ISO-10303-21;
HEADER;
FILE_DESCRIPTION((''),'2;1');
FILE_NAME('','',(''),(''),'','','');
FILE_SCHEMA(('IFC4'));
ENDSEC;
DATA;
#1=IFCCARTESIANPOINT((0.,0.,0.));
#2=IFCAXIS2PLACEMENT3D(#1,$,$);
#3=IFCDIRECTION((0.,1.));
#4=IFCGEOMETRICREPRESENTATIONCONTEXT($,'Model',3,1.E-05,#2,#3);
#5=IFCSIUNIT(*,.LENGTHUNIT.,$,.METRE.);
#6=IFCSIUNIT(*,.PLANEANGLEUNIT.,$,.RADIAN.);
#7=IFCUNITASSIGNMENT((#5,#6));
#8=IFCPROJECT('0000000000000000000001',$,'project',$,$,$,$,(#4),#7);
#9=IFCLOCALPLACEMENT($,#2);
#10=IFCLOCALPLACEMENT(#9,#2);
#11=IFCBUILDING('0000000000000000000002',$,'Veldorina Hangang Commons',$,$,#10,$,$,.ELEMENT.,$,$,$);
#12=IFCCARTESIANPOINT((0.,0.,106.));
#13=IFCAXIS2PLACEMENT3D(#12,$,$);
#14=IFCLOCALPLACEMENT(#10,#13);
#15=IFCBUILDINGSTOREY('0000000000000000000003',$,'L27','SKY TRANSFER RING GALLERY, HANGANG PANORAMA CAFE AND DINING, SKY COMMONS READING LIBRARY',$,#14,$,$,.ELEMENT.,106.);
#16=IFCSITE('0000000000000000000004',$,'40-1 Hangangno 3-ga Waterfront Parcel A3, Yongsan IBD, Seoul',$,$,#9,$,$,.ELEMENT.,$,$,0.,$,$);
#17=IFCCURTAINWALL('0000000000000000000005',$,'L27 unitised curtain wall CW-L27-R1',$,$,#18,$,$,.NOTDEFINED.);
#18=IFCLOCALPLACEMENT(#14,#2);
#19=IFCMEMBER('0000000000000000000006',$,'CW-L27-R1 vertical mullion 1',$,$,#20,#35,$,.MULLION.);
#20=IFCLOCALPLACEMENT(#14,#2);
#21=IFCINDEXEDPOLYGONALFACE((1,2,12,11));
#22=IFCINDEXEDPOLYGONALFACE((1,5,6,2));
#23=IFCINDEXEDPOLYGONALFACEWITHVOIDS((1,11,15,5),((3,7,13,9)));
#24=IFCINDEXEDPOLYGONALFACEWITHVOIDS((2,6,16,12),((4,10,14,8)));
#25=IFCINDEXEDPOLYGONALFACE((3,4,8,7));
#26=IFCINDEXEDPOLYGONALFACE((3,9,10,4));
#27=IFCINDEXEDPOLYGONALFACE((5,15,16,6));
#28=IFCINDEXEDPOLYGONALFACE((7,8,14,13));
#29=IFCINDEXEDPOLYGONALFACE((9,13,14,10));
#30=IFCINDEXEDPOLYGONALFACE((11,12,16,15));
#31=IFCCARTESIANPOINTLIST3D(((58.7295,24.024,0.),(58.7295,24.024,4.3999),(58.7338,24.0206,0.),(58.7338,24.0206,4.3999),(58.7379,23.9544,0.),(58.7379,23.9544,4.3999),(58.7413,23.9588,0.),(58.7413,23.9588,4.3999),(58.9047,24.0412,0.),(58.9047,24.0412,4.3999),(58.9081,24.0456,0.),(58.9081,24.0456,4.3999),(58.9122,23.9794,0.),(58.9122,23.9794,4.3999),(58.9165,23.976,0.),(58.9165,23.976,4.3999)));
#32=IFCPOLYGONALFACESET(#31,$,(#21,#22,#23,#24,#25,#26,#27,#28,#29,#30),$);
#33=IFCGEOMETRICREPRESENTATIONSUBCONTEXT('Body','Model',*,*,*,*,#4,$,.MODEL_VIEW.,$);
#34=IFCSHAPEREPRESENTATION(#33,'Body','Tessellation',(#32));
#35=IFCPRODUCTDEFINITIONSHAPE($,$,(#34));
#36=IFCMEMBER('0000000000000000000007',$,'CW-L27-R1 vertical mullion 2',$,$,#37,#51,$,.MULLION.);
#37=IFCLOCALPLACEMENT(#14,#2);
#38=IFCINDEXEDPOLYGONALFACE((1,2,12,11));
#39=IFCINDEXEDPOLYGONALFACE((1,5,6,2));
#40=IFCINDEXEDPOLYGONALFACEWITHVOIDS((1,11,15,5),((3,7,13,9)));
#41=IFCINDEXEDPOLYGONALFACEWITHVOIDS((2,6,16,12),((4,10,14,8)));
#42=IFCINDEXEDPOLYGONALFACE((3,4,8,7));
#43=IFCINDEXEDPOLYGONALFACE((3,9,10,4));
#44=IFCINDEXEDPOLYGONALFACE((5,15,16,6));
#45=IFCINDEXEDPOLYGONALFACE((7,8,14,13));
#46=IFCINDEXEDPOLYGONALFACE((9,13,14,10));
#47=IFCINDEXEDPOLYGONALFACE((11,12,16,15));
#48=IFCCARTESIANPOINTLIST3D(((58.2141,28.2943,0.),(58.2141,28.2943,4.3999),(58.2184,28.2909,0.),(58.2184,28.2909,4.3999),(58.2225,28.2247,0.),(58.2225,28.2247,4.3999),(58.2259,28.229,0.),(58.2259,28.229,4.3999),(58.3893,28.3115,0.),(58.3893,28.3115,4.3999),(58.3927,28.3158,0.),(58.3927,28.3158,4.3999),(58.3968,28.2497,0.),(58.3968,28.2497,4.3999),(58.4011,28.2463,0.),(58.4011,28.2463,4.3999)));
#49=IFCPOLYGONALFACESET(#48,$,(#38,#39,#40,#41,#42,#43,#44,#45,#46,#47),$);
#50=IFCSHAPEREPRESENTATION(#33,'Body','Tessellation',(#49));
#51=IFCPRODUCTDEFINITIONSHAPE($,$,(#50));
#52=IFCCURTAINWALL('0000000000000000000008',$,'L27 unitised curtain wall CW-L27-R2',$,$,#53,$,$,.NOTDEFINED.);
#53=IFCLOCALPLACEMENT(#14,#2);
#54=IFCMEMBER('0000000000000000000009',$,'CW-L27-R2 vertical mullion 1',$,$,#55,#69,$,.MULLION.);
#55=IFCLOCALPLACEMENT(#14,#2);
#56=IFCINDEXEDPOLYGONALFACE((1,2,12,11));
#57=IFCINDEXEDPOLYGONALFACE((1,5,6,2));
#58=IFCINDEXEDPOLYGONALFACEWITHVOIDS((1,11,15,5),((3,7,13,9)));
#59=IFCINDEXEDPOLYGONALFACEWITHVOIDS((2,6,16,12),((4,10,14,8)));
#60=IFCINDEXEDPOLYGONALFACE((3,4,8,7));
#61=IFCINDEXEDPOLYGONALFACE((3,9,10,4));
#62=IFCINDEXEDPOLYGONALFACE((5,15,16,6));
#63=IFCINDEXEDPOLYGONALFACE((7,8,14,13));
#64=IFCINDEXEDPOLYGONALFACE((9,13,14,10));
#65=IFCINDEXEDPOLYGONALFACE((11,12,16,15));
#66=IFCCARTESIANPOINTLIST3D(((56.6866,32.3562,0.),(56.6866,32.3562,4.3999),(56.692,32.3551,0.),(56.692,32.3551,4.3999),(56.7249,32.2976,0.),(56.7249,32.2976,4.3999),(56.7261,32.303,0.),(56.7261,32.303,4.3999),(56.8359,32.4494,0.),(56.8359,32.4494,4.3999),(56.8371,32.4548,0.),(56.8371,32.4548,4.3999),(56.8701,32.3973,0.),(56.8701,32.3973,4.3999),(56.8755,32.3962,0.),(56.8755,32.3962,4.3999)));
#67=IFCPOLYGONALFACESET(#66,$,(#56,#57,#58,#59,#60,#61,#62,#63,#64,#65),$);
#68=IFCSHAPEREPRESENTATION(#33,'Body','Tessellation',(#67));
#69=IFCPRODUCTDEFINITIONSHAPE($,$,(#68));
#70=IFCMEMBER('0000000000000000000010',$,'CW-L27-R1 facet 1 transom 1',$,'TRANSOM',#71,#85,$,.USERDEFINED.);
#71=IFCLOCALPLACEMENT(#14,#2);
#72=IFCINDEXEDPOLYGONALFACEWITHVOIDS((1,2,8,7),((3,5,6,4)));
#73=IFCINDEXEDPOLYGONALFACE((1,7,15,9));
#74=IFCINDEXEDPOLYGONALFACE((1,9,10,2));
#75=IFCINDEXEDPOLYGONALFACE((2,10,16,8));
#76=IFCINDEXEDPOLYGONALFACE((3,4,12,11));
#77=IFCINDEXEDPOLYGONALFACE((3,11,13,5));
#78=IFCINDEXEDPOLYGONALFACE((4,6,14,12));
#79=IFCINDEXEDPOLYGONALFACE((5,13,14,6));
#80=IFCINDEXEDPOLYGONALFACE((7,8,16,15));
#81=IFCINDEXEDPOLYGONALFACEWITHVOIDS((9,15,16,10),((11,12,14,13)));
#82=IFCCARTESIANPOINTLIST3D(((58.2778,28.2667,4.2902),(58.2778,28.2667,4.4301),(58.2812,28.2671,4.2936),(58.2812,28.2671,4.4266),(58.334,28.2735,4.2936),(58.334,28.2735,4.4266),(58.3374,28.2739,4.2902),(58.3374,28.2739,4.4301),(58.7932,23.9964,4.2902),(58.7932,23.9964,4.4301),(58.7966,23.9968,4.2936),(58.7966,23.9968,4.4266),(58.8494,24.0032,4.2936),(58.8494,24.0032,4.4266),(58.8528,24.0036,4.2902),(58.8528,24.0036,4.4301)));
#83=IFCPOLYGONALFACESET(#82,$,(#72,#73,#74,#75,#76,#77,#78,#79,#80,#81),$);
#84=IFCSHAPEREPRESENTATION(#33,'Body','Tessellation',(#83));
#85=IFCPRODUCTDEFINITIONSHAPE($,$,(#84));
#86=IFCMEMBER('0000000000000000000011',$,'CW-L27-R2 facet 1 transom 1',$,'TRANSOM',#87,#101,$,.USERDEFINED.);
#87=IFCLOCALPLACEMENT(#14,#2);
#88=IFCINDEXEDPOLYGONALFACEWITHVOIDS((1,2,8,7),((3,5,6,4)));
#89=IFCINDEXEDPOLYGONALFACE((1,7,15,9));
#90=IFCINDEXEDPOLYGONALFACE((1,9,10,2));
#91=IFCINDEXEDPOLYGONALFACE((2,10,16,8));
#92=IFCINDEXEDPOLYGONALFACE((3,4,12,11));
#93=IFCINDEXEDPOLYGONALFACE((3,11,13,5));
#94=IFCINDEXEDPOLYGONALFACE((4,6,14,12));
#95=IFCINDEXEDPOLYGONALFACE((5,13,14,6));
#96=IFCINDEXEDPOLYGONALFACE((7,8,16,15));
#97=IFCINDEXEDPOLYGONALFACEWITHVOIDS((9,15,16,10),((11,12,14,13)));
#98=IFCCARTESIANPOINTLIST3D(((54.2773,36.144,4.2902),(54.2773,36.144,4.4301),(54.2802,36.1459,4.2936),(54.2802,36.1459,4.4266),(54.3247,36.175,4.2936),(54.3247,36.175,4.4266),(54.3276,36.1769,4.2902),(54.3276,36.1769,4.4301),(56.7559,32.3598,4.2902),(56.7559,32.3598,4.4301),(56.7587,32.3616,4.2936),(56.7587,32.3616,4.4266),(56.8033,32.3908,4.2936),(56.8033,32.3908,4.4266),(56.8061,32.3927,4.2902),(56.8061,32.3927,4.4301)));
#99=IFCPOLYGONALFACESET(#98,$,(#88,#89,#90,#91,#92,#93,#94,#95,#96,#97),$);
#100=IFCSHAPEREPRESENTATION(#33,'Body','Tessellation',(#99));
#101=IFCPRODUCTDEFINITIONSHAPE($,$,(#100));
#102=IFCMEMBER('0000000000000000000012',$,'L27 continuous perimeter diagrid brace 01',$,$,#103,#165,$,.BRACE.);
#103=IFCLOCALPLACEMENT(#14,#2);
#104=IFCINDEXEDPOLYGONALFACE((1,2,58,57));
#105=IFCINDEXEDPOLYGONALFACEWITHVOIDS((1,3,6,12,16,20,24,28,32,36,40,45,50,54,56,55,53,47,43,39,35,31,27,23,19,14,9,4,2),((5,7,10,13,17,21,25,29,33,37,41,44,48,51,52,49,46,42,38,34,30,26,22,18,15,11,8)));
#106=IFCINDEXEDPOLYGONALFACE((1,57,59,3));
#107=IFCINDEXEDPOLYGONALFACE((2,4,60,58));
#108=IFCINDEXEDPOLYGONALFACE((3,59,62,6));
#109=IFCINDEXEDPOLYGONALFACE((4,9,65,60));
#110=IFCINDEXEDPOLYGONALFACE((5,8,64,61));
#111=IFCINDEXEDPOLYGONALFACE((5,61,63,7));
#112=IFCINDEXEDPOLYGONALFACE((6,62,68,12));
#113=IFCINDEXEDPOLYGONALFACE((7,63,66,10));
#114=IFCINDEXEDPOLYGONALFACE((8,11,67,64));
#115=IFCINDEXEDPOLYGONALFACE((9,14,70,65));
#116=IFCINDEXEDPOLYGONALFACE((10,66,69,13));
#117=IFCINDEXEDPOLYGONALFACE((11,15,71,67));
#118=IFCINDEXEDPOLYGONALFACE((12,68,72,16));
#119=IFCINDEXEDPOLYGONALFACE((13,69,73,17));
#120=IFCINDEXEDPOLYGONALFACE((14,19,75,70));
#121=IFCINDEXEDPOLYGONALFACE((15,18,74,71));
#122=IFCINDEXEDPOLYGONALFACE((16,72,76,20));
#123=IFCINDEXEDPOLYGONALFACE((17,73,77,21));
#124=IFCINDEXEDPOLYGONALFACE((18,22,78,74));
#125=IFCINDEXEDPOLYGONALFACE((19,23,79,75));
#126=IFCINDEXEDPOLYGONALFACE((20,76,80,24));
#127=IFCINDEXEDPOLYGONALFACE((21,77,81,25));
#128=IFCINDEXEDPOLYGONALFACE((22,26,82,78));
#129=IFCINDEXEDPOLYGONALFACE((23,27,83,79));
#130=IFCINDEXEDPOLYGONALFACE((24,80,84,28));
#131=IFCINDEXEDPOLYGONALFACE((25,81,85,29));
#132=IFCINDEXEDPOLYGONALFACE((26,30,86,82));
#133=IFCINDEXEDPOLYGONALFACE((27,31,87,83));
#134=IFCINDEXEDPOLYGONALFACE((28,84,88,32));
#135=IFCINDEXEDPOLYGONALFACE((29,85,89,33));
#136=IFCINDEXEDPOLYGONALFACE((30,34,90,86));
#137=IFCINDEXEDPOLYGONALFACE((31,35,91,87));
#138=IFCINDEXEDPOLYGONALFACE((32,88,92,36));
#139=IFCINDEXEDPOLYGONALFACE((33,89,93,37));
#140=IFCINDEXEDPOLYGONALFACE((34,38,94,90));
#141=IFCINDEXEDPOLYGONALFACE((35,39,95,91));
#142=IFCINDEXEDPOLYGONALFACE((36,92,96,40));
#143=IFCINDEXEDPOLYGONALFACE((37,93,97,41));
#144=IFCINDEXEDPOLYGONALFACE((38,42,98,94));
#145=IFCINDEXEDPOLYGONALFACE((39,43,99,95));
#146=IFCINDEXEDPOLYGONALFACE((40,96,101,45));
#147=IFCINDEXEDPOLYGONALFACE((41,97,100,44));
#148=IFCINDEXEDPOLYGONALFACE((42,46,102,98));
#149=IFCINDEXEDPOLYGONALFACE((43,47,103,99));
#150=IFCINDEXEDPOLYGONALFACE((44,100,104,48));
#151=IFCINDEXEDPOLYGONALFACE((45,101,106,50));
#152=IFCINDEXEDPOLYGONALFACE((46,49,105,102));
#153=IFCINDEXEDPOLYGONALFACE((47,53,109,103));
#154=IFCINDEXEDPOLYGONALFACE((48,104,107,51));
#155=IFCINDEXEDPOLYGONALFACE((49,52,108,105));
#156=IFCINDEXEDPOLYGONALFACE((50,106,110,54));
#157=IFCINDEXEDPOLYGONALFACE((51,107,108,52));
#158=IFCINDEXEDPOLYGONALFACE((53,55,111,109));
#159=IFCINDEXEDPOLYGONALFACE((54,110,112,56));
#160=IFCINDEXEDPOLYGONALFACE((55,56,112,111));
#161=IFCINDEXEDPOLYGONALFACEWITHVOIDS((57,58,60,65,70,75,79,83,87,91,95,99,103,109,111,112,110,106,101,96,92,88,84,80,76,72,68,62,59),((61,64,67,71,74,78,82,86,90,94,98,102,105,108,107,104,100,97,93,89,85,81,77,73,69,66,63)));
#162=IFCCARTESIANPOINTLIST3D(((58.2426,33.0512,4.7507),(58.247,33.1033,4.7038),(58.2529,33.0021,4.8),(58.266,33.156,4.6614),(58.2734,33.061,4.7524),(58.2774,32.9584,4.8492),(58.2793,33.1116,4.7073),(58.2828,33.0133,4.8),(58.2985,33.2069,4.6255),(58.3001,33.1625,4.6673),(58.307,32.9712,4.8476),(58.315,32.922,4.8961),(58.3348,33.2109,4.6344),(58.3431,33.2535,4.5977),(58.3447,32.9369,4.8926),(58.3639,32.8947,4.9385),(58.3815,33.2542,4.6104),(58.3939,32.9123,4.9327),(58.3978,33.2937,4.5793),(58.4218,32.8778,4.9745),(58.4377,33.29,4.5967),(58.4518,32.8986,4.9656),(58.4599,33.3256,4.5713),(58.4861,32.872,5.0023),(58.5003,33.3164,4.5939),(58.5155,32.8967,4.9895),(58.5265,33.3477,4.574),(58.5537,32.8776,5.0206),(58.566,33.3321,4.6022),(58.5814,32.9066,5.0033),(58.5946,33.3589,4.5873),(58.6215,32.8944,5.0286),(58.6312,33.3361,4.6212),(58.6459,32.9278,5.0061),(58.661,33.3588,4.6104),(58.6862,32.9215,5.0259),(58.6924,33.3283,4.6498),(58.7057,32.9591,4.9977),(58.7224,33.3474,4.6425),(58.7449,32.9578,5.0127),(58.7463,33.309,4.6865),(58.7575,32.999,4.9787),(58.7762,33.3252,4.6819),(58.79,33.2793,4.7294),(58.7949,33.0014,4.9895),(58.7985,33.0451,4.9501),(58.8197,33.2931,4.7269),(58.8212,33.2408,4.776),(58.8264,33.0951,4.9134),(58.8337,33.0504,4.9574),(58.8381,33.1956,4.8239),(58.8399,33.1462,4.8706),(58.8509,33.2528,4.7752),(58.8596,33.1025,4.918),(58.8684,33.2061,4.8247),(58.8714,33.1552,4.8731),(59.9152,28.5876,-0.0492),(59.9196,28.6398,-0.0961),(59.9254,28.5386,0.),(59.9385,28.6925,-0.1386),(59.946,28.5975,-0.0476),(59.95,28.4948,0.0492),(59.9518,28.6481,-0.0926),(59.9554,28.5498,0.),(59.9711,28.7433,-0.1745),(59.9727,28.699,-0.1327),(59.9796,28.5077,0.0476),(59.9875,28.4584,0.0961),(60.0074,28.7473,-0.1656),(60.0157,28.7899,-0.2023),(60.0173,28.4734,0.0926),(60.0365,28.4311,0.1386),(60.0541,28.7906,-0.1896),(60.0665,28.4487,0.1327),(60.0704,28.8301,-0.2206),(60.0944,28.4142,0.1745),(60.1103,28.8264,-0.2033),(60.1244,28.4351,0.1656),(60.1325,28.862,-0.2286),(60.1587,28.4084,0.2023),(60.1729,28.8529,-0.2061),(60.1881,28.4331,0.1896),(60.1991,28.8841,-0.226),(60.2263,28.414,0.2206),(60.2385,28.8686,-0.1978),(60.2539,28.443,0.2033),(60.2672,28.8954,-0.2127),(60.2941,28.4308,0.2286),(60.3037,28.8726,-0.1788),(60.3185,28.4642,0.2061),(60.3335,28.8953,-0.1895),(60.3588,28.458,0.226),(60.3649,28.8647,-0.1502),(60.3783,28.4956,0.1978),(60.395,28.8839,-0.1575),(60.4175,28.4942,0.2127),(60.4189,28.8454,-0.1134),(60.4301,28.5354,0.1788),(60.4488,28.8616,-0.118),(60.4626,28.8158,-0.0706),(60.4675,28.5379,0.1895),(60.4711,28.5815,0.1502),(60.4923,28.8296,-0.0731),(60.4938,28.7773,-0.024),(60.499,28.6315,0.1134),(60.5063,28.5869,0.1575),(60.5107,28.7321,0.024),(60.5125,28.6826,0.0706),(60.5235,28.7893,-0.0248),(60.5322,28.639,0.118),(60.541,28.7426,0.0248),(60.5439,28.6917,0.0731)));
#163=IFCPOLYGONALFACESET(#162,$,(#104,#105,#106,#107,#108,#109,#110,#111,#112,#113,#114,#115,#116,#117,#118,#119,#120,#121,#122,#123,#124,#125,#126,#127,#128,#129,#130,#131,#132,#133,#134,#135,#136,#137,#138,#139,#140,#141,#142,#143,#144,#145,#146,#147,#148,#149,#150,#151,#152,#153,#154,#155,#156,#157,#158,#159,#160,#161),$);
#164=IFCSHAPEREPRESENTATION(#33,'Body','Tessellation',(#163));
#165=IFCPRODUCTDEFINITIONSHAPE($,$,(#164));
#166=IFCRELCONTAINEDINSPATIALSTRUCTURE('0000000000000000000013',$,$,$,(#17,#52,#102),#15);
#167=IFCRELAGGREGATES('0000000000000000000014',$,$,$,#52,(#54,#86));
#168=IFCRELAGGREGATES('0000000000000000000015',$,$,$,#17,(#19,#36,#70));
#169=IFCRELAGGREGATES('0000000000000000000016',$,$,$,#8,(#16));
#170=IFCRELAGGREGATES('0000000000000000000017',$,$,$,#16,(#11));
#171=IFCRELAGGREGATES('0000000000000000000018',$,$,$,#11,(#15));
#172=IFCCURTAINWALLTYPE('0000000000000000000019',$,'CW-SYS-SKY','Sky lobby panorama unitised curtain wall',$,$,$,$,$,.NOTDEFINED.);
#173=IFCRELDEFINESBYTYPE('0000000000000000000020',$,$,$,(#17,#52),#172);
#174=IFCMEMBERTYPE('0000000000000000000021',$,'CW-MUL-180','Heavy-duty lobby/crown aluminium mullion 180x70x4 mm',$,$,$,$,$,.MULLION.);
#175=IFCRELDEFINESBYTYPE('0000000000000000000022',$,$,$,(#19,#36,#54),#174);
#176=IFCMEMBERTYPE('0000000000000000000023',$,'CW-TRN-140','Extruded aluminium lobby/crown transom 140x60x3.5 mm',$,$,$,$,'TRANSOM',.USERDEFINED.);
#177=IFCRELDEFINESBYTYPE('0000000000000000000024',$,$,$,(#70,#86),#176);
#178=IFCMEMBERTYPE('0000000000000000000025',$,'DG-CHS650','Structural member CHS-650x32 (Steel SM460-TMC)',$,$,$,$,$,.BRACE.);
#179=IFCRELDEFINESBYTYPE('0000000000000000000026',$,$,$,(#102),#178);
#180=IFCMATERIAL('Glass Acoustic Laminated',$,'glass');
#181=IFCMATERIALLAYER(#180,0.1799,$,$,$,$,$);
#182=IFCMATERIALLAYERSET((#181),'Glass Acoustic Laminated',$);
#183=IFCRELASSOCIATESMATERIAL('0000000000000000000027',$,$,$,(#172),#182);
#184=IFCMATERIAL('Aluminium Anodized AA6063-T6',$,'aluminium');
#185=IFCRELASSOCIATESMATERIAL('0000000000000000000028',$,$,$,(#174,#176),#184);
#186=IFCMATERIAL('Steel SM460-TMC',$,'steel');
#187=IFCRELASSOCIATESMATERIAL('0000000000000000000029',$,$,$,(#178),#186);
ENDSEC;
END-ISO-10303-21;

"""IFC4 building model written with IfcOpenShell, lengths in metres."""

from ifc_helpers import new_model, si_unit, direction, frame, origin, origin_2d, place, context, subcontext, project, spatial, hollow_rectangle, hollow_circle, extrude, material, layer, layer_set, material_profile, profile_set, type_object, element, aggregate, save


model = new_model("IFC4")

# Units and contexts
model_context = context("Model", 3, precision=1e-05, world=origin(), true_north=direction((0.0, 1.0)))
body_context = subcontext(model_context, "Body", "Model", "MODEL_VIEW")
ifc_project = project(units=[si_unit("LENGTHUNIT", "METRE"), si_unit("PLANEANGLEUNIT", "RADIAN")], contexts=[model_context])

# Site, building, storey
site_placement = place(None, origin())
site = spatial("IfcSite", under=ifc_project, at=site_placement, Name="40-1 Hangangno 3-ga Waterfront Parcel A3, Yongsan IBD, Seoul", CompositionType="ELEMENT", RefElevation=0.0)
building_placement = place(site_placement, origin())
building = spatial("IfcBuilding", under=site, at=building_placement, Name="Veldorina Hangang Commons", CompositionType="ELEMENT")
storey_placement = place(building_placement, frame((0.0, 0.0, 106.0)))
storey = spatial("IfcBuildingStorey", under=building, at=storey_placement, Name="L27", Description="SKY TRANSFER RING GALLERY, HANGANG PANORAMA CAFE AND DINING, SKY COMMONS READING LIBRARY", CompositionType="ELEMENT", Elevation=106.0)

# Curtain wall, members
ifc_material_1 = material(Name="Glass Acoustic Laminated", Category="glass")
ifc_layer_1 = layer(ifc_material_1, 0.1799)
ifc_layer_set_1 = layer_set([ifc_layer_1], Name="Glass Acoustic Laminated")
curtain_wall_type = type_object("IfcCurtainWallType", Name="CW-SYS-SKY", Description="Sky lobby panorama unitised curtain wall", PredefinedType="NOTDEFINED", material=ifc_layer_set_1)
curtain_wall_1_placement = place(storey_placement, origin())
curtain_wall_1 = element("IfcCurtainWall", 1, at=curtain_wall_1_placement, inside=storey, type_object=curtain_wall_type, Name="L27 unitised curtain wall CW-L27-R1", PredefinedType="NOTDEFINED")
ifc_material_2 = material(Name="Aluminium Anodized AA6063-T6", Category="aluminium")
ifc_material_profile_1 = material_profile(ifc_material_2, hollow_rectangle(XDim=0.0701, YDim=0.1799, WallThickness=0.0039, at=origin_2d()), Name="ALU-RHS-180x70x4")
ifc_profile_set_1 = profile_set([ifc_material_profile_1], Name="Aluminium Anodized AA6063-T6")
member_type_1 = type_object("IfcMemberType", Name="CW-MUL-180", Description="Heavy-duty lobby/crown aluminium mullion 180x70x4 mm", PredefinedType="MULLION", material=ifc_profile_set_1)
member_1_placement = place(storey_placement, frame((58.823, 24.0, 0.0), z_axis=(0.0, 0.0, 1.0), x_axis=(-0.119825, 0.992795, 0.0)))
member_1 = element("IfcMember", 2, at=member_1_placement, type_object=member_type_1, Name="CW-L27-R1 vertical mullion 1", PredefinedType="MULLION", context=body_context, shape_type="SweptSolid", body=[
    extrude(hollow_rectangle(XDim=0.0701, YDim=0.1799, WallThickness=0.0039, at=origin_2d()), origin(), (0.0, 0.0, 1.0), 4.3999),
])
member_2_placement = place(storey_placement, frame((58.3076, 28.2703, 0.0), z_axis=(0.0, 0.0, 1.0), x_axis=(0.119825, -0.992795, 0.0)))
member_2 = element("IfcMember", 3, at=member_2_placement, type_object=member_type_1, Name="CW-L27-R1 vertical mullion 2", PredefinedType="MULLION", context=body_context, shape_type="SweptSolid", body=[
    extrude(hollow_rectangle(XDim=0.0701, YDim=0.1799, WallThickness=0.0039, at=origin_2d()), origin(), (0.0, 0.0, 1.0), 4.3999),
])

# Curtain wall, member
curtain_wall_2_placement = place(storey_placement, origin())
curtain_wall_2 = element("IfcCurtainWall", 4, at=curtain_wall_2_placement, inside=storey, type_object=curtain_wall_type, Name="L27 unitised curtain wall CW-L27-R2", PredefinedType="NOTDEFINED")
member_3_placement = place(storey_placement, frame((56.781, 32.3762, 0.0), z_axis=(0.0, 0.0, 1.0), x_axis=(-0.547928, 0.836525, 0.0)))
member_3 = element("IfcMember", 5, at=member_3_placement, type_object=member_type_1, Name="CW-L27-R2 vertical mullion 1", PredefinedType="MULLION", context=body_context, shape_type="SweptSolid", body=[
    extrude(hollow_rectangle(XDim=0.0701, YDim=0.1799, WallThickness=0.0039, at=origin_2d()), origin(), (0.0, 0.0, 1.0), 4.3999),
])

# Members
ifc_material_profile_2 = material_profile(ifc_material_2, hollow_rectangle(XDim=0.0601, YDim=0.1399, WallThickness=0.0034, at=origin_2d()), Name="ALU-RHS-140x60x3.5")
ifc_profile_set_2 = profile_set([ifc_material_profile_2], Name="Aluminium Anodized AA6063-T6")
member_type_2 = type_object("IfcMemberType", Name="CW-TRN-140", Description="Extruded aluminium lobby/crown transom 140x60x3.5 mm", ElementType="TRANSOM", PredefinedType="USERDEFINED", material=ifc_profile_set_2)
member_4_placement = place(storey_placement, frame((58.823, 24.0, 4.3601), z_axis=(-0.119821, 0.992795, 0.0), x_axis=(-0.992795, -0.119821, 0.0)))
member_4 = element("IfcMember", 6, at=member_4_placement, type_object=member_type_2, Name="CW-L27-R1 facet 1 transom 1", ObjectType="TRANSOM", PredefinedType="USERDEFINED", context=body_context, shape_type="SweptSolid", body=[
    extrude(hollow_rectangle(XDim=0.0601, YDim=0.1399, WallThickness=0.0034, at=origin_2d()), origin(), (0.0, 0.0, 1.0), 4.3013),
])
member_5_placement = place(storey_placement, frame((56.781, 32.3762, 4.3601), z_axis=(-0.547906, 0.83654, 0.0), x_axis=(-0.83654, -0.547906, 0.0)))
member_5 = element("IfcMember", 7, at=member_5_placement, type_object=member_type_2, Name="CW-L27-R2 facet 1 transom 1", ObjectType="TRANSOM", PredefinedType="USERDEFINED", context=body_context, shape_type="SweptSolid", body=[
    extrude(hollow_rectangle(XDim=0.0601, YDim=0.1399, WallThickness=0.0034, at=origin_2d()), origin(), (0.0, 0.0, 1.0), 4.5237),
])
aggregate(curtain_wall_2, [member_3, member_5])

# Member
ifc_material_3 = material(Name="Steel SM460-TMC", Category="steel")
ifc_material_profile_3 = material_profile(ifc_material_3, hollow_circle(Radius=0.325, WallThickness=0.032, at=origin_2d()), Name="CHS-650x32")
ifc_profile_set_3 = profile_set([ifc_material_profile_3], Name="Steel SM460-TMC")
member_type_3 = type_object("IfcMemberType", Name="DG-CHS650", Description="Structural member CHS-650x32 (Steel SM460-TMC)", PredefinedType="BRACE", material=ifc_profile_set_3)
member_6_placement = place(storey_placement, frame((60.2297, 28.6526, 0.0), z_axis=(-0.247253, 0.659834, 0.709566), x_axis=(-0.936415, -0.350893, 0.0)))
element("IfcMember", 8, at=member_6_placement, inside=storey, type_object=member_type_3, Name="L27 continuous perimeter diagrid brace 01", PredefinedType="BRACE", context=body_context, shape_type="SweptSolid", body=[
    extrude(hollow_circle(Radius=0.325, WallThickness=0.032, at=origin_2d()), origin(), (0.0, 0.0, 1.0), 6.7646),
])

aggregate(curtain_wall_1, [member_1, member_2, member_4])

save(model, "model.ifc")
